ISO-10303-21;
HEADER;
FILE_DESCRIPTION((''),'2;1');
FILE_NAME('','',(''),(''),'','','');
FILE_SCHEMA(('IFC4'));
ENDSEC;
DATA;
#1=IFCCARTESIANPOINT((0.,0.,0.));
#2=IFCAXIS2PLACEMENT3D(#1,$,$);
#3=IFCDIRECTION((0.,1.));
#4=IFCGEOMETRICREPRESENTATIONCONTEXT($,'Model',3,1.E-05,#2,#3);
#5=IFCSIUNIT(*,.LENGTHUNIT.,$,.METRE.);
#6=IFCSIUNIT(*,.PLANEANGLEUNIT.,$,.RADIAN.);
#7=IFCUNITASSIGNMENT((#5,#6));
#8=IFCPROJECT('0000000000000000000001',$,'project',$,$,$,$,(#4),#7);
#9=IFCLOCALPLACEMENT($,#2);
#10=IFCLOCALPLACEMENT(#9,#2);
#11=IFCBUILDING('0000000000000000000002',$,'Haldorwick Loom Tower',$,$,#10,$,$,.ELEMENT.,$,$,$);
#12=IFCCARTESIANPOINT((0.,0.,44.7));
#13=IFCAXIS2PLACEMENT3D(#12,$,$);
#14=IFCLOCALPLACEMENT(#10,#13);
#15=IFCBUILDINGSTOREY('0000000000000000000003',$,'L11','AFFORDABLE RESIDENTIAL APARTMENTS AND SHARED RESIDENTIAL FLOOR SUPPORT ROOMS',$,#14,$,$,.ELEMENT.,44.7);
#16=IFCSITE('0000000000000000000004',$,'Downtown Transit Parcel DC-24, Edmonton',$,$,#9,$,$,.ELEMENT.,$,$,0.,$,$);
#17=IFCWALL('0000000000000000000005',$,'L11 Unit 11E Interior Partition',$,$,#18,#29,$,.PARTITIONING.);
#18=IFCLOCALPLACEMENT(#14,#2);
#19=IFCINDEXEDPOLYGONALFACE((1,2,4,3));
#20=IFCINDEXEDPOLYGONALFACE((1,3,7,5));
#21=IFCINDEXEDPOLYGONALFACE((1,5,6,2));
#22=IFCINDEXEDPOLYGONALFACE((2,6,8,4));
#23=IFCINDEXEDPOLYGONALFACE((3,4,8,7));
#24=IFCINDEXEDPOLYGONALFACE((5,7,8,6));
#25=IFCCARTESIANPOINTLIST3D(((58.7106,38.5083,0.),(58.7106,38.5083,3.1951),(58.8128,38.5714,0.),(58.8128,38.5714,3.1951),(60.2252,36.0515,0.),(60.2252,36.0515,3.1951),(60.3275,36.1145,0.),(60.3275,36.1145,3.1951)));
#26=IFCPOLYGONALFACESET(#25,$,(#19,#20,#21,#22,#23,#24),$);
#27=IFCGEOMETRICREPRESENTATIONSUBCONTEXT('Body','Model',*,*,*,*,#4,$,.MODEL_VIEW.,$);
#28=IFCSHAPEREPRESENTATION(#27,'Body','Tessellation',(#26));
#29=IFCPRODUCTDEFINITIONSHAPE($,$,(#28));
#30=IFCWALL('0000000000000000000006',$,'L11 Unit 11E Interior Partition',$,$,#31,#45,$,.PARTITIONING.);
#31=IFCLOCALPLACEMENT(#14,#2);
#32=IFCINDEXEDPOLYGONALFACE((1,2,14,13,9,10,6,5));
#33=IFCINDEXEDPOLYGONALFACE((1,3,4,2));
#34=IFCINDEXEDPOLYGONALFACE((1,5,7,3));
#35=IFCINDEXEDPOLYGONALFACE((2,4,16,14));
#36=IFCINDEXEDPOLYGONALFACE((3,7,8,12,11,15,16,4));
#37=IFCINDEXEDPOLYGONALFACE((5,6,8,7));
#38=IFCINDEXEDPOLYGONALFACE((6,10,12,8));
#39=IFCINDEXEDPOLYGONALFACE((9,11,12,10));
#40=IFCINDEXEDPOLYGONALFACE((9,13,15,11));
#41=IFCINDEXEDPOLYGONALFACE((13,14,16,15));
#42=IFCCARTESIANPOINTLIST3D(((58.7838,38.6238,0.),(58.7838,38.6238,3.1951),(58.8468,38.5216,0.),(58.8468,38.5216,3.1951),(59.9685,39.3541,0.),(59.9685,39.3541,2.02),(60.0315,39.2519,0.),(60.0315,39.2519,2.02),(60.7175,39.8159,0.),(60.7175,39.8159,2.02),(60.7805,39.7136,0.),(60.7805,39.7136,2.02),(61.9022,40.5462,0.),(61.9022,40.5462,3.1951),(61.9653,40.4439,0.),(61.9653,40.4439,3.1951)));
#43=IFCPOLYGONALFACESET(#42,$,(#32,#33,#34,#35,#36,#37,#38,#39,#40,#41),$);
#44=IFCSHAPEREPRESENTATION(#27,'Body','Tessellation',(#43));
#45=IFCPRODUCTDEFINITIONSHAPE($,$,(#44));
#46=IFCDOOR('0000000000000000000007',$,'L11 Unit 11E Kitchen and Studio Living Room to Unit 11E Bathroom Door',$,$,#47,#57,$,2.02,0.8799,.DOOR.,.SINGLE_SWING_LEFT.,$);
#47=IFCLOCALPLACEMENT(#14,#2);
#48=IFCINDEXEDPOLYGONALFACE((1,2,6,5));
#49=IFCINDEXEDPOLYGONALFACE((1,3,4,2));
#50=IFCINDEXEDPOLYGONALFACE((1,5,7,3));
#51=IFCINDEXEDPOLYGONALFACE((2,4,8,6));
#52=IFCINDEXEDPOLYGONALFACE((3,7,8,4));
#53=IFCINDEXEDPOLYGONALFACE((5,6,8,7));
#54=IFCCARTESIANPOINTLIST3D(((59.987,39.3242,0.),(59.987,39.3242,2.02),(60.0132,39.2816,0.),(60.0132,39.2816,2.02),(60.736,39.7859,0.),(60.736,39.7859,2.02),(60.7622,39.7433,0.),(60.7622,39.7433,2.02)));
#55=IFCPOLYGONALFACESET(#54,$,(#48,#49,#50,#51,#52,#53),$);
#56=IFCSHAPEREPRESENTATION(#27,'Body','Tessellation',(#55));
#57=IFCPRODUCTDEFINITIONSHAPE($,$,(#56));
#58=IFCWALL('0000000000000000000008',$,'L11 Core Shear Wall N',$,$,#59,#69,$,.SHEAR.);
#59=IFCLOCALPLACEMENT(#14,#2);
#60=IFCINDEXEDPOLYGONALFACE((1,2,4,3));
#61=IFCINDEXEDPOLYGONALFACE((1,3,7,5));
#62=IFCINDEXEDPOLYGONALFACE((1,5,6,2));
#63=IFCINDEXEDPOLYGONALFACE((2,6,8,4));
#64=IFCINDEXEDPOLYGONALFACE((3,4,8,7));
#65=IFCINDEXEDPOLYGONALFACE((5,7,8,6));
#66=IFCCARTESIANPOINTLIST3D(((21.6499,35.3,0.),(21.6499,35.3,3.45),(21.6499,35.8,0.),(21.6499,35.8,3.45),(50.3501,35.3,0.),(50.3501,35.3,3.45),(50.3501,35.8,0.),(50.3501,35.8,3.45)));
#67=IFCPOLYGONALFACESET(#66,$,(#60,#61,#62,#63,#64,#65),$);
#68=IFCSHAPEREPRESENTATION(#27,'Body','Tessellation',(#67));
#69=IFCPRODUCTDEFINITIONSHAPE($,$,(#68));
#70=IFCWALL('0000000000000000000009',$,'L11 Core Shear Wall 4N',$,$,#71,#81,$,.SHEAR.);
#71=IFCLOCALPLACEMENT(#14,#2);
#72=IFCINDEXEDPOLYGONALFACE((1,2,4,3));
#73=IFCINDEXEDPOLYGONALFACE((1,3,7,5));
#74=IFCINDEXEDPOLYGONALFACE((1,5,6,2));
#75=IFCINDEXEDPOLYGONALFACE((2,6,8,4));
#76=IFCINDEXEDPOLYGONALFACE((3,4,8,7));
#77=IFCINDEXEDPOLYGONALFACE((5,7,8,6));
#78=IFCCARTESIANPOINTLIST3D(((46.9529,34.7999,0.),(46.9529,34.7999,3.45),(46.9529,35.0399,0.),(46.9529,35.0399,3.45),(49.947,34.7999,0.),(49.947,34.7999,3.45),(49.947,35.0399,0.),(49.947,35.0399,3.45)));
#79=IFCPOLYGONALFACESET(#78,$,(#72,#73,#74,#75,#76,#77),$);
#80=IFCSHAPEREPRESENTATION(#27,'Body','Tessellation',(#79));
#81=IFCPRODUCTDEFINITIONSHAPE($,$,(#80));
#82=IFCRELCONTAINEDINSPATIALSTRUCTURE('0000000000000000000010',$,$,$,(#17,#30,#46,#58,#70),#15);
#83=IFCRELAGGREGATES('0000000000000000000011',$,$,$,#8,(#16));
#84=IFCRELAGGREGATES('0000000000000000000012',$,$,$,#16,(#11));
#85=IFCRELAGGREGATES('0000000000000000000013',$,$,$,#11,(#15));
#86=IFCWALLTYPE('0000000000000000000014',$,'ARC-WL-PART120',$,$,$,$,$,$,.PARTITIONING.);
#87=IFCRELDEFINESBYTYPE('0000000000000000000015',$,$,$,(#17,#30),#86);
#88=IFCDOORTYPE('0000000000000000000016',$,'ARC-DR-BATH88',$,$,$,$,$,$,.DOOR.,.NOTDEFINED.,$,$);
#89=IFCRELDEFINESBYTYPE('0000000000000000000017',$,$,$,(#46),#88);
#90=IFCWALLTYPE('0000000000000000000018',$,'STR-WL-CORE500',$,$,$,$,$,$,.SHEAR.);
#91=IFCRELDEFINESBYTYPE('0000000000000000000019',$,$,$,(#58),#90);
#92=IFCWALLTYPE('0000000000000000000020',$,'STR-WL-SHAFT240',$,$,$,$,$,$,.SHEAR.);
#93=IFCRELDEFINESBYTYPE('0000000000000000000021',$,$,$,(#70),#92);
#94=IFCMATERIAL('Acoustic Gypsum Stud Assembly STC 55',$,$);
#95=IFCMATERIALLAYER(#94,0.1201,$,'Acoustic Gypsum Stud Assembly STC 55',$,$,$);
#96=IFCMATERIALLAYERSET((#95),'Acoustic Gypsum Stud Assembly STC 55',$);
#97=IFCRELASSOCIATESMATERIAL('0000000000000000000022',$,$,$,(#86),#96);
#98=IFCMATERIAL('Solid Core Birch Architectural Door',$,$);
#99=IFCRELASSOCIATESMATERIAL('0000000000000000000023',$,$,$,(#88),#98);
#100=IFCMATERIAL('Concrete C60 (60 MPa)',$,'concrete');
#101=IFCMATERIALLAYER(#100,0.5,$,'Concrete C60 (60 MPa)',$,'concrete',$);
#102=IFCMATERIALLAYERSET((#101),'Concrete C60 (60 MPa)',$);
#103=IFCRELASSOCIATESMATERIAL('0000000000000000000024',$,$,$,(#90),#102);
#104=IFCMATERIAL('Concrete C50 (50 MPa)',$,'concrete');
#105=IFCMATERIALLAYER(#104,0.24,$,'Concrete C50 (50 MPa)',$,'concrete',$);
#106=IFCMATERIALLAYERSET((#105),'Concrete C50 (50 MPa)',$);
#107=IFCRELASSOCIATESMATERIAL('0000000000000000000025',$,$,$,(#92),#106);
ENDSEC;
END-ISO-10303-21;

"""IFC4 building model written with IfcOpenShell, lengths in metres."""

from ifc_helpers import new_model, si_unit, direction, frame, frame_2d, origin, place, context, subcontext, project, spatial, rectangle, extrude, material, layer, layer_set, type_object, element, fill, save


model = new_model("IFC4")

# Units and contexts
model_context = context("Model", 3, precision=1e-05, world=origin(), true_north=direction((0.0, 1.0)))
body_context = subcontext(model_context, "Body", "Model", "MODEL_VIEW")
ifc_project = project(units=[si_unit("LENGTHUNIT", "METRE"), si_unit("PLANEANGLEUNIT", "RADIAN")], contexts=[model_context])

# Site, building, storey
site_placement = place(None, origin())
site = spatial("IfcSite", under=ifc_project, at=site_placement, Name="Downtown Transit Parcel DC-24, Edmonton", CompositionType="ELEMENT", RefElevation=0.0)
building_placement = place(site_placement, origin())
building = spatial("IfcBuilding", under=site, at=building_placement, Name="Haldorwick Loom Tower", CompositionType="ELEMENT")
storey_placement = place(building_placement, frame((0.0, 0.0, 44.7)))
storey = spatial("IfcBuildingStorey", under=building, at=storey_placement, Name="L11", Description="AFFORDABLE RESIDENTIAL APARTMENTS AND SHARED RESIDENTIAL FLOOR SUPPORT ROOMS", CompositionType="ELEMENT", Elevation=44.7)

# Shared definitions
ifc_material_1 = material(Name="Concrete C60 (60 MPa)", Category="concrete")

# Shared definitions
ifc_material_2 = material(Name="Acoustic Gypsum Stud Assembly STC 55")
ifc_layer_1 = layer(ifc_material_2, 0.1201, Name="Acoustic Gypsum Stud Assembly STC 55")
ifc_layer_set_1 = layer_set([ifc_layer_1], Name="Acoustic Gypsum Stud Assembly STC 55")
wall_type_1 = type_object("IfcWallType", Name="ARC-WL-PART120", PredefinedType="PARTITIONING", material=ifc_layer_set_1)

# Shared definitions
ifc_material_3 = material(Name="Solid Core Birch Architectural Door")
door_type_1 = type_object("IfcDoorType", Name="ARC-DR-BATH88", OperationType="NOTDEFINED", PredefinedType="DOOR", material=ifc_material_3)

# Wall
wall_1_placement = place(storey_placement, frame((60.2764, 36.083, 0.0), z_axis=(0.0, 0.0, 1.0), x_axis=(-0.524796, 0.851228, 0.0)))
element("IfcWall", 1, at=wall_1_placement, inside=storey, type_object=wall_type_1, Name="L11 Unit 11E Interior Partition", PredefinedType="PARTITIONING", context=body_context, shape_type="SweptSolid", body=[
    extrude(rectangle(XDim=2.8862, YDim=0.1201, at=frame_2d((1.4431, 0.0))), origin(), (0.0, 0.0, 1.0), 3.1951),
])

# Wall, opening, door
wall_2_placement = place(storey_placement, frame((58.8154, 38.5728, 0.0), z_axis=(0.0, 0.0, 1.0), x_axis=(0.851251, 0.524759, 0.0)))
wall_2 = element("IfcWall", 2, at=wall_2_placement, inside=storey, type_object=wall_type_1, Name="L11 Unit 11E Interior Partition", PredefinedType="PARTITIONING", context=body_context, shape_type="SweptSolid", body=[
    extrude(rectangle(XDim=3.6633, YDim=0.1201, at=frame_2d((1.8315, 0.0))), origin(), (0.0, 0.0, 1.0), 3.1951),
])
opening_1_placement = place(wall_2_placement, frame((1.3916, 0.0, 0.0)))
opening_1 = element("IfcOpeningElement", 3, at=opening_1_placement, cuts=wall_2, PredefinedType="OPENING", context=body_context, shape_type="SweptSolid", body=[
    extrude(rectangle(XDim=0.8799, YDim=2.02, at=frame_2d((0.4399, 1.01))), frame((0.0, 0.0701, 0.0), z_axis=(0.0, -1.0, 0.0), x_axis=(1.0, 0.0, 0.0)), (0.0, 0.0, 1.0), 0.1401),
])
door_1_placement = place(opening_1_placement, origin())
door_1 = element("IfcDoor", 4, at=door_1_placement, inside=storey, type_object=door_type_1, Name="L11 Unit 11E Kitchen and Studio Living Room to Unit 11E Bathroom Door", OperationType="SINGLE_SWING_LEFT", OverallHeight=2.02, OverallWidth=0.8799, PredefinedType="DOOR", context=body_context, shape_type="SweptSolid", body=[
    extrude(rectangle(XDim=0.8799, YDim=2.02, at=frame_2d((0.4399, 1.01))), frame((0.0, 0.0249, 0.0), z_axis=(0.0, -1.0, 0.0), x_axis=(1.0, 0.0, 0.0)), (0.0, 0.0, 1.0), 0.05),
])
fill(opening_1, door_1)

# Walls
ifc_layer_2 = layer(ifc_material_1, 0.5, Name="Concrete C60 (60 MPa)", Category="concrete")
ifc_layer_set_2 = layer_set([ifc_layer_2], Name="Concrete C60 (60 MPa)")
wall_type_2 = type_object("IfcWallType", Name="STR-WL-CORE500", PredefinedType="SHEAR", material=ifc_layer_set_2)
wall_3_placement = place(storey_placement, frame((50.3501, 35.55, 0.0), z_axis=(0.0, 0.0, 1.0), x_axis=(-1.0, 0.0, 0.0)))
element("IfcWall", 5, at=wall_3_placement, inside=storey, type_object=wall_type_2, Name="L11 Core Shear Wall N", PredefinedType="SHEAR", context=body_context, shape_type="SweptSolid", body=[
    extrude(rectangle(XDim=28.7002, YDim=0.5, at=frame_2d((14.3501, 0.0))), origin(), (0.0, 0.0, 1.0), 3.45),
])
ifc_material_4 = material(Name="Concrete C50 (50 MPa)", Category="concrete")
ifc_layer_3 = layer(ifc_material_4, 0.24, Name="Concrete C50 (50 MPa)", Category="concrete")
ifc_layer_set_3 = layer_set([ifc_layer_3], Name="Concrete C50 (50 MPa)")
wall_type_3 = type_object("IfcWallType", Name="STR-WL-SHAFT240", PredefinedType="SHEAR", material=ifc_layer_set_3)
wall_4_placement = place(storey_placement, frame((46.9529, 34.9199, 0.0), z_axis=(0.0, 0.0, 1.0), x_axis=(1.0, 0.0, 0.0)))
element("IfcWall", 6, at=wall_4_placement, inside=storey, type_object=wall_type_3, Name="L11 Core Shear Wall 4N", PredefinedType="SHEAR", context=body_context, shape_type="SweptSolid", body=[
    extrude(rectangle(XDim=2.9941, YDim=0.24, at=frame_2d((1.4971, 0.0))), origin(), (0.0, 0.0, 1.0), 3.45),
])

save(model, "model.ifc")
